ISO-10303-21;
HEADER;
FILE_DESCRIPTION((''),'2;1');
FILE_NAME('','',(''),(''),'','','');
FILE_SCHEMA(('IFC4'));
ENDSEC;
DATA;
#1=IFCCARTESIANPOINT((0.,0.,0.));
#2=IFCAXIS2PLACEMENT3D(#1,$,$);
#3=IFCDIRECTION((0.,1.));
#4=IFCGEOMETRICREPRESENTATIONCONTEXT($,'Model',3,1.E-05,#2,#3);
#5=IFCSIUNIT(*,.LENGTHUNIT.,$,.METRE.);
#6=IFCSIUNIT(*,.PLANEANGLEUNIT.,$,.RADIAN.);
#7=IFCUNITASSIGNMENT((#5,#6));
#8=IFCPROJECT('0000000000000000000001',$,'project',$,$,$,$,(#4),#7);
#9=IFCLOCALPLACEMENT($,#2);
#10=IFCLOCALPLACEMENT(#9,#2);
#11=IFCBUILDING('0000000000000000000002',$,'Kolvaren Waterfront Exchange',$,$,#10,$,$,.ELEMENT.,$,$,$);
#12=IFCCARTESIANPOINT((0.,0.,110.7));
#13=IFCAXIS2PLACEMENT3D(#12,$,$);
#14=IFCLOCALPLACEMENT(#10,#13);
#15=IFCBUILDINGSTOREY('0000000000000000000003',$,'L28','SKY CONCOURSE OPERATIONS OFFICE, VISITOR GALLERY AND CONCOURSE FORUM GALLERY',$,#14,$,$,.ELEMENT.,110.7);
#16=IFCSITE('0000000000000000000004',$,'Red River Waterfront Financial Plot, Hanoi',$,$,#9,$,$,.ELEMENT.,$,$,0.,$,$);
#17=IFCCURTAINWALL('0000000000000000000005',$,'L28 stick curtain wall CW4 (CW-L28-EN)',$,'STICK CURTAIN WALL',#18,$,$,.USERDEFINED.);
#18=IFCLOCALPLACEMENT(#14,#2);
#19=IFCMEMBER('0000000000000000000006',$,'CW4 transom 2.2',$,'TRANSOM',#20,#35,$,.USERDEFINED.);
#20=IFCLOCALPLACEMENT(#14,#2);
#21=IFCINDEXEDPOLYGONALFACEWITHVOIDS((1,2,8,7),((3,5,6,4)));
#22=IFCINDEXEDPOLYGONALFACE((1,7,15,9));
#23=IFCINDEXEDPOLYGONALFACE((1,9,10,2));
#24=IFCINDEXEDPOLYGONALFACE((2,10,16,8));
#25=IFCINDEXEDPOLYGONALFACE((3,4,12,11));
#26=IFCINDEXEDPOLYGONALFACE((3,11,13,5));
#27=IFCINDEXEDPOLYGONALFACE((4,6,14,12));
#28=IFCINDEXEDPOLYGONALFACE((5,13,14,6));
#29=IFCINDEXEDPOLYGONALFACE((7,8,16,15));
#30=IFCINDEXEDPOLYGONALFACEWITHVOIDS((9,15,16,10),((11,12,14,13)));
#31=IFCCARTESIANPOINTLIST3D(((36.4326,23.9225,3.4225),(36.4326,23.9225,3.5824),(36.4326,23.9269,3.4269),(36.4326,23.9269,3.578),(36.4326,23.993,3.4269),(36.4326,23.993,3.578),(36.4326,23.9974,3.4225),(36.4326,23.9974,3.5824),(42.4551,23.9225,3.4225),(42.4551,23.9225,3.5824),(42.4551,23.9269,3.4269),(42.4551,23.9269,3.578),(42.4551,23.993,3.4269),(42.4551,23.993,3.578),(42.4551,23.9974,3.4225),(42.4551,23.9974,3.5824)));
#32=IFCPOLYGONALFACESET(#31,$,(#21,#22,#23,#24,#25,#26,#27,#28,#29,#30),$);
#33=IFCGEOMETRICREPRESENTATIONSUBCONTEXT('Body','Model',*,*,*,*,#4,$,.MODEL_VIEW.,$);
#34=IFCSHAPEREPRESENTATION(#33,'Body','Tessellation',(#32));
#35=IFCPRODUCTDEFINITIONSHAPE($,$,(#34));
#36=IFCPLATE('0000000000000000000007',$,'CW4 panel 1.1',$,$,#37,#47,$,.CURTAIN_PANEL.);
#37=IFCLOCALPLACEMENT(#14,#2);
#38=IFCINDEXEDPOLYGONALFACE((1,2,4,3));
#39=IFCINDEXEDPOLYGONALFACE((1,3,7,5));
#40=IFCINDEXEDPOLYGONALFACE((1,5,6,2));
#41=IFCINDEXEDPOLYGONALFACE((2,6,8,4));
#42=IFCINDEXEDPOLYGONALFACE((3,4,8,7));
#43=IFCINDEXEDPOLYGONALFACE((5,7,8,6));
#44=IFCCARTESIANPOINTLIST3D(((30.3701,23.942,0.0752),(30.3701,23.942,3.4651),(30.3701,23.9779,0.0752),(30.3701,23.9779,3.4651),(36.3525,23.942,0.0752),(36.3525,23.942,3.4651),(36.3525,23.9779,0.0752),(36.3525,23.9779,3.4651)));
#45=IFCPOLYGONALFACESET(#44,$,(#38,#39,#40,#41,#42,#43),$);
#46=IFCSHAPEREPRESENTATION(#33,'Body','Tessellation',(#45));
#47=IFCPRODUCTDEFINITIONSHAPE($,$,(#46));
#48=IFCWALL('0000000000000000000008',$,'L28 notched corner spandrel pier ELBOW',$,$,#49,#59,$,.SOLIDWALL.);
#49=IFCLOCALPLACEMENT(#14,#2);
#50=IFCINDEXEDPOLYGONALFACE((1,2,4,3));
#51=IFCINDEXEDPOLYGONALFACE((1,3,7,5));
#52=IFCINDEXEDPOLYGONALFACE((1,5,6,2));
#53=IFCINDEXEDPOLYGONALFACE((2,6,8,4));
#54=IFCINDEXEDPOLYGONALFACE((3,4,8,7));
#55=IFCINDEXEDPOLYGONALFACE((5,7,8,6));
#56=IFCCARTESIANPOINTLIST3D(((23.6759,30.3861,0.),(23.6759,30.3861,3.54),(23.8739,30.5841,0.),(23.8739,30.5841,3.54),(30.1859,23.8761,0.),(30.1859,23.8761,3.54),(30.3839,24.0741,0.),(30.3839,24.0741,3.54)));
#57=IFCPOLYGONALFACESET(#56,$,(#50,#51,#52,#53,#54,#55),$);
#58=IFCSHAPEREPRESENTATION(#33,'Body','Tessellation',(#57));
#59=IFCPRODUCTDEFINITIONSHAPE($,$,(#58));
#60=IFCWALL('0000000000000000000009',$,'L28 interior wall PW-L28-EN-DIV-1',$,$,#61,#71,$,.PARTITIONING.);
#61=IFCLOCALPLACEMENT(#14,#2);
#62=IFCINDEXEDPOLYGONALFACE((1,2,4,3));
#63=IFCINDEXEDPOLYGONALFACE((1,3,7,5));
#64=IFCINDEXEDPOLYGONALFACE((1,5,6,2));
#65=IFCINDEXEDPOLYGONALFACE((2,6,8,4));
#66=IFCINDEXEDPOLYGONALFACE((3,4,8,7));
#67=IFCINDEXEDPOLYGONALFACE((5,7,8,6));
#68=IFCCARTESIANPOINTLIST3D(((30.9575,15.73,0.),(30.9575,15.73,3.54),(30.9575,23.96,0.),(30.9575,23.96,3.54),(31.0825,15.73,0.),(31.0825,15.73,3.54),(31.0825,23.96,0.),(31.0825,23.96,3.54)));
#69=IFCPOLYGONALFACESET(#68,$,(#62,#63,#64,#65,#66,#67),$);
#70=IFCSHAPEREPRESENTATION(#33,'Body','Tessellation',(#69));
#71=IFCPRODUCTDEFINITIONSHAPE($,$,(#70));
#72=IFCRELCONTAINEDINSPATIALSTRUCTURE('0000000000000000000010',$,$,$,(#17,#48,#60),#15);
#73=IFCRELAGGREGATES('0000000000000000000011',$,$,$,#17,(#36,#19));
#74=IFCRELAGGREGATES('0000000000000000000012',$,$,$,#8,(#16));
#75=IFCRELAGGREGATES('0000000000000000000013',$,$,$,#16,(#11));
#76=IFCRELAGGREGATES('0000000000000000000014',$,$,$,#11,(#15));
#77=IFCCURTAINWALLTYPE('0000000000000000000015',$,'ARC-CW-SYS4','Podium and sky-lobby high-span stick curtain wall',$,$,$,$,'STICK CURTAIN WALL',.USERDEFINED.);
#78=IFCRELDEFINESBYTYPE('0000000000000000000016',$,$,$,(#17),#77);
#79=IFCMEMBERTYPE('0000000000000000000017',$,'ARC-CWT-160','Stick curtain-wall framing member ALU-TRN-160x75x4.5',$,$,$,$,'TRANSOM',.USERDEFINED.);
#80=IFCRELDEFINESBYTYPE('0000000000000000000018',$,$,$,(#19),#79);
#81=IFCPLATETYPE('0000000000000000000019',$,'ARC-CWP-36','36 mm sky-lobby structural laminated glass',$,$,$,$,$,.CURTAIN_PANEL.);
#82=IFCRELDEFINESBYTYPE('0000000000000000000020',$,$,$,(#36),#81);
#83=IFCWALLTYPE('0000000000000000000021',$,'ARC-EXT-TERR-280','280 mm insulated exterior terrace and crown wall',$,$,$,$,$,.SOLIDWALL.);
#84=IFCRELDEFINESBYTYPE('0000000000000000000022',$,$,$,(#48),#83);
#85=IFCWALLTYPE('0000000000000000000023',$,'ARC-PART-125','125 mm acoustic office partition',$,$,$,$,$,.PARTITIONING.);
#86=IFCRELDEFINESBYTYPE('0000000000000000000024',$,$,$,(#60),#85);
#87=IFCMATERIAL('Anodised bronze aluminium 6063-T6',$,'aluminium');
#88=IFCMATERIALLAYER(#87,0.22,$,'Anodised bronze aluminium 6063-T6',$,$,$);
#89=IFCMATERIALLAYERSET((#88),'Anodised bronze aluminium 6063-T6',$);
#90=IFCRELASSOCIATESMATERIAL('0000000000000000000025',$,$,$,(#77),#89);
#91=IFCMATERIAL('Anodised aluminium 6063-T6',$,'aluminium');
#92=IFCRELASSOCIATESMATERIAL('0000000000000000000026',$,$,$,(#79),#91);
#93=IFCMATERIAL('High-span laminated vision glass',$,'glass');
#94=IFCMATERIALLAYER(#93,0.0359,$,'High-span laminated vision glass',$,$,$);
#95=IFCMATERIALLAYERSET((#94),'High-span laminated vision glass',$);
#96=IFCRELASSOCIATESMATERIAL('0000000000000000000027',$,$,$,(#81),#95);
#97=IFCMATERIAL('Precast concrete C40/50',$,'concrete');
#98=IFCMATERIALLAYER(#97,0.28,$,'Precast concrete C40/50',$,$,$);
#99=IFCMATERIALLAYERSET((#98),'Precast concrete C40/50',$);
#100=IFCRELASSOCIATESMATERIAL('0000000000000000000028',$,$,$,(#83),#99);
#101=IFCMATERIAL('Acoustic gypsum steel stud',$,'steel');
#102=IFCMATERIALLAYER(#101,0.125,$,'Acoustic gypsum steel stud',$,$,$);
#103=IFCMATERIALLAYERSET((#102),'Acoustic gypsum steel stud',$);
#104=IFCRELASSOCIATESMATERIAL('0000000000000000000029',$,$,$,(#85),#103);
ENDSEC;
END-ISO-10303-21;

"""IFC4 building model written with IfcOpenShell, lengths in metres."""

from ifc_helpers import new_model, si_unit, direction, frame, frame_2d, origin, origin_with_axes, origin_2d, place, context, subcontext, project, spatial, rectangle, hollow_rectangle, extrude, source, transform, mapped, material, layer, layer_set, material_profile, profile_set, type_object, element, aggregate, save


model = new_model("IFC4")

# Units and contexts
model_context = context("Model", 3, precision=1e-05, world=origin(), true_north=direction((0.0, 1.0)))
body_context = subcontext(model_context, "Body", "Model", "MODEL_VIEW")
ifc_project = project(units=[si_unit("LENGTHUNIT", "METRE"), si_unit("PLANEANGLEUNIT", "RADIAN")], contexts=[model_context])

# Site, building, storey
site_placement = place(None, origin())
site = spatial("IfcSite", under=ifc_project, at=site_placement, Name="Red River Waterfront Financial Plot, Hanoi", CompositionType="ELEMENT", RefElevation=0.0)
building_placement = place(site_placement, origin())
building = spatial("IfcBuilding", under=site, at=building_placement, Name="Kolvaren Waterfront Exchange", CompositionType="ELEMENT")
storey_placement = place(building_placement, frame((0.0, 0.0, 110.7)))
storey = spatial("IfcBuildingStorey", under=building, at=storey_placement, Name="L28", Description="SKY CONCOURSE OPERATIONS OFFICE, VISITOR GALLERY AND CONCOURSE FORUM GALLERY", CompositionType="ELEMENT", Elevation=110.7)

# Curtain wall, member, plate
ifc_material_1 = material(Name="Anodised bronze aluminium 6063-T6", Category="aluminium")
ifc_layer_1 = layer(ifc_material_1, 0.22, Name="Anodised bronze aluminium 6063-T6")
ifc_layer_set_1 = layer_set([ifc_layer_1], Name="Anodised bronze aluminium 6063-T6")
curtain_wall_type = type_object("IfcCurtainWallType", Name="ARC-CW-SYS4", Description="Podium and sky-lobby high-span stick curtain wall", ElementType="STICK CURTAIN WALL", PredefinedType="USERDEFINED", material=ifc_layer_set_1)
curtain_wall_placement = place(storey_placement, origin())
curtain_wall = element("IfcCurtainWall", 1, at=curtain_wall_placement, inside=storey, type_object=curtain_wall_type, Name="L28 stick curtain wall CW4 (CW-L28-EN)", ObjectType="STICK CURTAIN WALL", PredefinedType="USERDEFINED")
ifc_material_2 = material(Name="Anodised aluminium 6063-T6", Category="aluminium")
ifc_material_profile_1 = material_profile(ifc_material_2, hollow_rectangle(XDim=0.075, YDim=0.1599, WallThickness=0.0044, at=origin_2d()), Name="ALU-TRN-160x75x4.5")
ifc_profile_set_1 = profile_set([ifc_material_profile_1], Name="Anodised aluminium 6063-T6")
member_type_1 = type_object("IfcMemberType", Name="ARC-CWT-160", Description="Stick curtain-wall framing member ALU-TRN-160x75x4.5", ElementType="TRANSOM", PredefinedType="USERDEFINED", material=ifc_profile_set_1)
shared_shape_1 = source(origin_with_axes(), body_context, "Body", "SweptSolid", [
    extrude(hollow_rectangle(XDim=0.075, YDim=0.1599, WallThickness=0.0044, at=origin_2d()), origin(), (0.0, 0.0, 1.0), 6.0225),
])
member_1_placement = place(storey_placement, frame((36.4326, 23.96, 3.5024), z_axis=(1.0, 0.0, 0.0), x_axis=(0.0, 1.0, 0.0)))
member_1 = element("IfcMember", 2, at=member_1_placement, type_object=member_type_1, Name="CW4 transom 2.2", ObjectType="TRANSOM", PredefinedType="USERDEFINED", context=body_context, shape_type="MappedRepresentation", body=[
    mapped(shared_shape_1, transform((0.0, 0.0, 0.0), x_axis=(1.0, 0.0, 0.0), y_axis=(0.0, 1.0, 0.0), z_axis=(0.0, 0.0, 1.0), scale=1.0)),
])
ifc_material_3 = material(Name="High-span laminated vision glass", Category="glass")
ifc_layer_2 = layer(ifc_material_3, 0.0359, Name="High-span laminated vision glass")
ifc_layer_set_2 = layer_set([ifc_layer_2], Name="High-span laminated vision glass")
plate_type = type_object("IfcPlateType", Name="ARC-CWP-36", Description="36 mm sky-lobby structural laminated glass", PredefinedType="CURTAIN_PANEL", material=ifc_layer_set_2)
shared_shape_2 = source(origin_with_axes(), body_context, "Body", "SweptSolid", [
    extrude(rectangle(XDim=5.9824, YDim=0.0359, at=origin_2d()), origin(), (0.0, 0.0, 1.0), 3.3899),
])
plate_placement = place(storey_placement, frame((33.3613, 23.96, 0.0752), z_axis=(0.0, 0.0, 1.0), x_axis=(1.0, 0.0, 0.0)))
plate = element("IfcPlate", 3, at=plate_placement, type_object=plate_type, Name="CW4 panel 1.1", PredefinedType="CURTAIN_PANEL", context=body_context, shape_type="MappedRepresentation", body=[
    mapped(shared_shape_2, transform((0.0, 0.0, 0.0), x_axis=(1.0, 0.0, 0.0), y_axis=(0.0, 1.0, 0.0), z_axis=(0.0, 0.0, 1.0), scale=1.0)),
])
aggregate(curtain_wall, [plate, member_1])

# Walls
ifc_material_4 = material(Name="Precast concrete C40/50", Category="concrete")
ifc_layer_3 = layer(ifc_material_4, 0.28, Name="Precast concrete C40/50")
ifc_layer_set_3 = layer_set([ifc_layer_3], Name="Precast concrete C40/50")
wall_type_1 = type_object("IfcWallType", Name="ARC-EXT-TERR-280", Description="280 mm insulated exterior terrace and crown wall", PredefinedType="SOLIDWALL", material=ifc_layer_set_3)
wall_1_placement = place(storey_placement, frame((30.2849, 23.9751, 0.0), z_axis=(0.0, 0.0, 1.0), x_axis=(-0.707107, 0.707107, 0.0)))
element("IfcWall", 4, at=wall_1_placement, inside=storey, type_object=wall_type_1, Name="L28 notched corner spandrel pier ELBOW", PredefinedType="SOLIDWALL", context=body_context, shape_type="SweptSolid", body=[
    extrude(rectangle(XDim=9.2065, YDim=0.28, at=frame_2d((4.6033, 0.0))), origin(), (0.0, 0.0, 1.0), 3.54),
])
ifc_material_5 = material(Name="Acoustic gypsum steel stud", Category="steel")
ifc_layer_4 = layer(ifc_material_5, 0.125, Name="Acoustic gypsum steel stud")
ifc_layer_set_4 = layer_set([ifc_layer_4], Name="Acoustic gypsum steel stud")
wall_type_2 = type_object("IfcWallType", Name="ARC-PART-125", Description="125 mm acoustic office partition", PredefinedType="PARTITIONING", material=ifc_layer_set_4)
wall_2_placement = place(storey_placement, frame((31.02, 15.73, 0.0), z_axis=(0.0, 0.0, 1.0), x_axis=(0.0, 1.0, 0.0)))
element("IfcWall", 5, at=wall_2_placement, inside=storey, type_object=wall_type_2, Name="L28 interior wall PW-L28-EN-DIV-1", PredefinedType="PARTITIONING", context=body_context, shape_type="SweptSolid", body=[
    extrude(rectangle(XDim=8.23, YDim=0.125, at=frame_2d((4.115, 0.0))), origin(), (0.0, 0.0, 1.0), 3.54),
])

save(model, "model.ifc")
